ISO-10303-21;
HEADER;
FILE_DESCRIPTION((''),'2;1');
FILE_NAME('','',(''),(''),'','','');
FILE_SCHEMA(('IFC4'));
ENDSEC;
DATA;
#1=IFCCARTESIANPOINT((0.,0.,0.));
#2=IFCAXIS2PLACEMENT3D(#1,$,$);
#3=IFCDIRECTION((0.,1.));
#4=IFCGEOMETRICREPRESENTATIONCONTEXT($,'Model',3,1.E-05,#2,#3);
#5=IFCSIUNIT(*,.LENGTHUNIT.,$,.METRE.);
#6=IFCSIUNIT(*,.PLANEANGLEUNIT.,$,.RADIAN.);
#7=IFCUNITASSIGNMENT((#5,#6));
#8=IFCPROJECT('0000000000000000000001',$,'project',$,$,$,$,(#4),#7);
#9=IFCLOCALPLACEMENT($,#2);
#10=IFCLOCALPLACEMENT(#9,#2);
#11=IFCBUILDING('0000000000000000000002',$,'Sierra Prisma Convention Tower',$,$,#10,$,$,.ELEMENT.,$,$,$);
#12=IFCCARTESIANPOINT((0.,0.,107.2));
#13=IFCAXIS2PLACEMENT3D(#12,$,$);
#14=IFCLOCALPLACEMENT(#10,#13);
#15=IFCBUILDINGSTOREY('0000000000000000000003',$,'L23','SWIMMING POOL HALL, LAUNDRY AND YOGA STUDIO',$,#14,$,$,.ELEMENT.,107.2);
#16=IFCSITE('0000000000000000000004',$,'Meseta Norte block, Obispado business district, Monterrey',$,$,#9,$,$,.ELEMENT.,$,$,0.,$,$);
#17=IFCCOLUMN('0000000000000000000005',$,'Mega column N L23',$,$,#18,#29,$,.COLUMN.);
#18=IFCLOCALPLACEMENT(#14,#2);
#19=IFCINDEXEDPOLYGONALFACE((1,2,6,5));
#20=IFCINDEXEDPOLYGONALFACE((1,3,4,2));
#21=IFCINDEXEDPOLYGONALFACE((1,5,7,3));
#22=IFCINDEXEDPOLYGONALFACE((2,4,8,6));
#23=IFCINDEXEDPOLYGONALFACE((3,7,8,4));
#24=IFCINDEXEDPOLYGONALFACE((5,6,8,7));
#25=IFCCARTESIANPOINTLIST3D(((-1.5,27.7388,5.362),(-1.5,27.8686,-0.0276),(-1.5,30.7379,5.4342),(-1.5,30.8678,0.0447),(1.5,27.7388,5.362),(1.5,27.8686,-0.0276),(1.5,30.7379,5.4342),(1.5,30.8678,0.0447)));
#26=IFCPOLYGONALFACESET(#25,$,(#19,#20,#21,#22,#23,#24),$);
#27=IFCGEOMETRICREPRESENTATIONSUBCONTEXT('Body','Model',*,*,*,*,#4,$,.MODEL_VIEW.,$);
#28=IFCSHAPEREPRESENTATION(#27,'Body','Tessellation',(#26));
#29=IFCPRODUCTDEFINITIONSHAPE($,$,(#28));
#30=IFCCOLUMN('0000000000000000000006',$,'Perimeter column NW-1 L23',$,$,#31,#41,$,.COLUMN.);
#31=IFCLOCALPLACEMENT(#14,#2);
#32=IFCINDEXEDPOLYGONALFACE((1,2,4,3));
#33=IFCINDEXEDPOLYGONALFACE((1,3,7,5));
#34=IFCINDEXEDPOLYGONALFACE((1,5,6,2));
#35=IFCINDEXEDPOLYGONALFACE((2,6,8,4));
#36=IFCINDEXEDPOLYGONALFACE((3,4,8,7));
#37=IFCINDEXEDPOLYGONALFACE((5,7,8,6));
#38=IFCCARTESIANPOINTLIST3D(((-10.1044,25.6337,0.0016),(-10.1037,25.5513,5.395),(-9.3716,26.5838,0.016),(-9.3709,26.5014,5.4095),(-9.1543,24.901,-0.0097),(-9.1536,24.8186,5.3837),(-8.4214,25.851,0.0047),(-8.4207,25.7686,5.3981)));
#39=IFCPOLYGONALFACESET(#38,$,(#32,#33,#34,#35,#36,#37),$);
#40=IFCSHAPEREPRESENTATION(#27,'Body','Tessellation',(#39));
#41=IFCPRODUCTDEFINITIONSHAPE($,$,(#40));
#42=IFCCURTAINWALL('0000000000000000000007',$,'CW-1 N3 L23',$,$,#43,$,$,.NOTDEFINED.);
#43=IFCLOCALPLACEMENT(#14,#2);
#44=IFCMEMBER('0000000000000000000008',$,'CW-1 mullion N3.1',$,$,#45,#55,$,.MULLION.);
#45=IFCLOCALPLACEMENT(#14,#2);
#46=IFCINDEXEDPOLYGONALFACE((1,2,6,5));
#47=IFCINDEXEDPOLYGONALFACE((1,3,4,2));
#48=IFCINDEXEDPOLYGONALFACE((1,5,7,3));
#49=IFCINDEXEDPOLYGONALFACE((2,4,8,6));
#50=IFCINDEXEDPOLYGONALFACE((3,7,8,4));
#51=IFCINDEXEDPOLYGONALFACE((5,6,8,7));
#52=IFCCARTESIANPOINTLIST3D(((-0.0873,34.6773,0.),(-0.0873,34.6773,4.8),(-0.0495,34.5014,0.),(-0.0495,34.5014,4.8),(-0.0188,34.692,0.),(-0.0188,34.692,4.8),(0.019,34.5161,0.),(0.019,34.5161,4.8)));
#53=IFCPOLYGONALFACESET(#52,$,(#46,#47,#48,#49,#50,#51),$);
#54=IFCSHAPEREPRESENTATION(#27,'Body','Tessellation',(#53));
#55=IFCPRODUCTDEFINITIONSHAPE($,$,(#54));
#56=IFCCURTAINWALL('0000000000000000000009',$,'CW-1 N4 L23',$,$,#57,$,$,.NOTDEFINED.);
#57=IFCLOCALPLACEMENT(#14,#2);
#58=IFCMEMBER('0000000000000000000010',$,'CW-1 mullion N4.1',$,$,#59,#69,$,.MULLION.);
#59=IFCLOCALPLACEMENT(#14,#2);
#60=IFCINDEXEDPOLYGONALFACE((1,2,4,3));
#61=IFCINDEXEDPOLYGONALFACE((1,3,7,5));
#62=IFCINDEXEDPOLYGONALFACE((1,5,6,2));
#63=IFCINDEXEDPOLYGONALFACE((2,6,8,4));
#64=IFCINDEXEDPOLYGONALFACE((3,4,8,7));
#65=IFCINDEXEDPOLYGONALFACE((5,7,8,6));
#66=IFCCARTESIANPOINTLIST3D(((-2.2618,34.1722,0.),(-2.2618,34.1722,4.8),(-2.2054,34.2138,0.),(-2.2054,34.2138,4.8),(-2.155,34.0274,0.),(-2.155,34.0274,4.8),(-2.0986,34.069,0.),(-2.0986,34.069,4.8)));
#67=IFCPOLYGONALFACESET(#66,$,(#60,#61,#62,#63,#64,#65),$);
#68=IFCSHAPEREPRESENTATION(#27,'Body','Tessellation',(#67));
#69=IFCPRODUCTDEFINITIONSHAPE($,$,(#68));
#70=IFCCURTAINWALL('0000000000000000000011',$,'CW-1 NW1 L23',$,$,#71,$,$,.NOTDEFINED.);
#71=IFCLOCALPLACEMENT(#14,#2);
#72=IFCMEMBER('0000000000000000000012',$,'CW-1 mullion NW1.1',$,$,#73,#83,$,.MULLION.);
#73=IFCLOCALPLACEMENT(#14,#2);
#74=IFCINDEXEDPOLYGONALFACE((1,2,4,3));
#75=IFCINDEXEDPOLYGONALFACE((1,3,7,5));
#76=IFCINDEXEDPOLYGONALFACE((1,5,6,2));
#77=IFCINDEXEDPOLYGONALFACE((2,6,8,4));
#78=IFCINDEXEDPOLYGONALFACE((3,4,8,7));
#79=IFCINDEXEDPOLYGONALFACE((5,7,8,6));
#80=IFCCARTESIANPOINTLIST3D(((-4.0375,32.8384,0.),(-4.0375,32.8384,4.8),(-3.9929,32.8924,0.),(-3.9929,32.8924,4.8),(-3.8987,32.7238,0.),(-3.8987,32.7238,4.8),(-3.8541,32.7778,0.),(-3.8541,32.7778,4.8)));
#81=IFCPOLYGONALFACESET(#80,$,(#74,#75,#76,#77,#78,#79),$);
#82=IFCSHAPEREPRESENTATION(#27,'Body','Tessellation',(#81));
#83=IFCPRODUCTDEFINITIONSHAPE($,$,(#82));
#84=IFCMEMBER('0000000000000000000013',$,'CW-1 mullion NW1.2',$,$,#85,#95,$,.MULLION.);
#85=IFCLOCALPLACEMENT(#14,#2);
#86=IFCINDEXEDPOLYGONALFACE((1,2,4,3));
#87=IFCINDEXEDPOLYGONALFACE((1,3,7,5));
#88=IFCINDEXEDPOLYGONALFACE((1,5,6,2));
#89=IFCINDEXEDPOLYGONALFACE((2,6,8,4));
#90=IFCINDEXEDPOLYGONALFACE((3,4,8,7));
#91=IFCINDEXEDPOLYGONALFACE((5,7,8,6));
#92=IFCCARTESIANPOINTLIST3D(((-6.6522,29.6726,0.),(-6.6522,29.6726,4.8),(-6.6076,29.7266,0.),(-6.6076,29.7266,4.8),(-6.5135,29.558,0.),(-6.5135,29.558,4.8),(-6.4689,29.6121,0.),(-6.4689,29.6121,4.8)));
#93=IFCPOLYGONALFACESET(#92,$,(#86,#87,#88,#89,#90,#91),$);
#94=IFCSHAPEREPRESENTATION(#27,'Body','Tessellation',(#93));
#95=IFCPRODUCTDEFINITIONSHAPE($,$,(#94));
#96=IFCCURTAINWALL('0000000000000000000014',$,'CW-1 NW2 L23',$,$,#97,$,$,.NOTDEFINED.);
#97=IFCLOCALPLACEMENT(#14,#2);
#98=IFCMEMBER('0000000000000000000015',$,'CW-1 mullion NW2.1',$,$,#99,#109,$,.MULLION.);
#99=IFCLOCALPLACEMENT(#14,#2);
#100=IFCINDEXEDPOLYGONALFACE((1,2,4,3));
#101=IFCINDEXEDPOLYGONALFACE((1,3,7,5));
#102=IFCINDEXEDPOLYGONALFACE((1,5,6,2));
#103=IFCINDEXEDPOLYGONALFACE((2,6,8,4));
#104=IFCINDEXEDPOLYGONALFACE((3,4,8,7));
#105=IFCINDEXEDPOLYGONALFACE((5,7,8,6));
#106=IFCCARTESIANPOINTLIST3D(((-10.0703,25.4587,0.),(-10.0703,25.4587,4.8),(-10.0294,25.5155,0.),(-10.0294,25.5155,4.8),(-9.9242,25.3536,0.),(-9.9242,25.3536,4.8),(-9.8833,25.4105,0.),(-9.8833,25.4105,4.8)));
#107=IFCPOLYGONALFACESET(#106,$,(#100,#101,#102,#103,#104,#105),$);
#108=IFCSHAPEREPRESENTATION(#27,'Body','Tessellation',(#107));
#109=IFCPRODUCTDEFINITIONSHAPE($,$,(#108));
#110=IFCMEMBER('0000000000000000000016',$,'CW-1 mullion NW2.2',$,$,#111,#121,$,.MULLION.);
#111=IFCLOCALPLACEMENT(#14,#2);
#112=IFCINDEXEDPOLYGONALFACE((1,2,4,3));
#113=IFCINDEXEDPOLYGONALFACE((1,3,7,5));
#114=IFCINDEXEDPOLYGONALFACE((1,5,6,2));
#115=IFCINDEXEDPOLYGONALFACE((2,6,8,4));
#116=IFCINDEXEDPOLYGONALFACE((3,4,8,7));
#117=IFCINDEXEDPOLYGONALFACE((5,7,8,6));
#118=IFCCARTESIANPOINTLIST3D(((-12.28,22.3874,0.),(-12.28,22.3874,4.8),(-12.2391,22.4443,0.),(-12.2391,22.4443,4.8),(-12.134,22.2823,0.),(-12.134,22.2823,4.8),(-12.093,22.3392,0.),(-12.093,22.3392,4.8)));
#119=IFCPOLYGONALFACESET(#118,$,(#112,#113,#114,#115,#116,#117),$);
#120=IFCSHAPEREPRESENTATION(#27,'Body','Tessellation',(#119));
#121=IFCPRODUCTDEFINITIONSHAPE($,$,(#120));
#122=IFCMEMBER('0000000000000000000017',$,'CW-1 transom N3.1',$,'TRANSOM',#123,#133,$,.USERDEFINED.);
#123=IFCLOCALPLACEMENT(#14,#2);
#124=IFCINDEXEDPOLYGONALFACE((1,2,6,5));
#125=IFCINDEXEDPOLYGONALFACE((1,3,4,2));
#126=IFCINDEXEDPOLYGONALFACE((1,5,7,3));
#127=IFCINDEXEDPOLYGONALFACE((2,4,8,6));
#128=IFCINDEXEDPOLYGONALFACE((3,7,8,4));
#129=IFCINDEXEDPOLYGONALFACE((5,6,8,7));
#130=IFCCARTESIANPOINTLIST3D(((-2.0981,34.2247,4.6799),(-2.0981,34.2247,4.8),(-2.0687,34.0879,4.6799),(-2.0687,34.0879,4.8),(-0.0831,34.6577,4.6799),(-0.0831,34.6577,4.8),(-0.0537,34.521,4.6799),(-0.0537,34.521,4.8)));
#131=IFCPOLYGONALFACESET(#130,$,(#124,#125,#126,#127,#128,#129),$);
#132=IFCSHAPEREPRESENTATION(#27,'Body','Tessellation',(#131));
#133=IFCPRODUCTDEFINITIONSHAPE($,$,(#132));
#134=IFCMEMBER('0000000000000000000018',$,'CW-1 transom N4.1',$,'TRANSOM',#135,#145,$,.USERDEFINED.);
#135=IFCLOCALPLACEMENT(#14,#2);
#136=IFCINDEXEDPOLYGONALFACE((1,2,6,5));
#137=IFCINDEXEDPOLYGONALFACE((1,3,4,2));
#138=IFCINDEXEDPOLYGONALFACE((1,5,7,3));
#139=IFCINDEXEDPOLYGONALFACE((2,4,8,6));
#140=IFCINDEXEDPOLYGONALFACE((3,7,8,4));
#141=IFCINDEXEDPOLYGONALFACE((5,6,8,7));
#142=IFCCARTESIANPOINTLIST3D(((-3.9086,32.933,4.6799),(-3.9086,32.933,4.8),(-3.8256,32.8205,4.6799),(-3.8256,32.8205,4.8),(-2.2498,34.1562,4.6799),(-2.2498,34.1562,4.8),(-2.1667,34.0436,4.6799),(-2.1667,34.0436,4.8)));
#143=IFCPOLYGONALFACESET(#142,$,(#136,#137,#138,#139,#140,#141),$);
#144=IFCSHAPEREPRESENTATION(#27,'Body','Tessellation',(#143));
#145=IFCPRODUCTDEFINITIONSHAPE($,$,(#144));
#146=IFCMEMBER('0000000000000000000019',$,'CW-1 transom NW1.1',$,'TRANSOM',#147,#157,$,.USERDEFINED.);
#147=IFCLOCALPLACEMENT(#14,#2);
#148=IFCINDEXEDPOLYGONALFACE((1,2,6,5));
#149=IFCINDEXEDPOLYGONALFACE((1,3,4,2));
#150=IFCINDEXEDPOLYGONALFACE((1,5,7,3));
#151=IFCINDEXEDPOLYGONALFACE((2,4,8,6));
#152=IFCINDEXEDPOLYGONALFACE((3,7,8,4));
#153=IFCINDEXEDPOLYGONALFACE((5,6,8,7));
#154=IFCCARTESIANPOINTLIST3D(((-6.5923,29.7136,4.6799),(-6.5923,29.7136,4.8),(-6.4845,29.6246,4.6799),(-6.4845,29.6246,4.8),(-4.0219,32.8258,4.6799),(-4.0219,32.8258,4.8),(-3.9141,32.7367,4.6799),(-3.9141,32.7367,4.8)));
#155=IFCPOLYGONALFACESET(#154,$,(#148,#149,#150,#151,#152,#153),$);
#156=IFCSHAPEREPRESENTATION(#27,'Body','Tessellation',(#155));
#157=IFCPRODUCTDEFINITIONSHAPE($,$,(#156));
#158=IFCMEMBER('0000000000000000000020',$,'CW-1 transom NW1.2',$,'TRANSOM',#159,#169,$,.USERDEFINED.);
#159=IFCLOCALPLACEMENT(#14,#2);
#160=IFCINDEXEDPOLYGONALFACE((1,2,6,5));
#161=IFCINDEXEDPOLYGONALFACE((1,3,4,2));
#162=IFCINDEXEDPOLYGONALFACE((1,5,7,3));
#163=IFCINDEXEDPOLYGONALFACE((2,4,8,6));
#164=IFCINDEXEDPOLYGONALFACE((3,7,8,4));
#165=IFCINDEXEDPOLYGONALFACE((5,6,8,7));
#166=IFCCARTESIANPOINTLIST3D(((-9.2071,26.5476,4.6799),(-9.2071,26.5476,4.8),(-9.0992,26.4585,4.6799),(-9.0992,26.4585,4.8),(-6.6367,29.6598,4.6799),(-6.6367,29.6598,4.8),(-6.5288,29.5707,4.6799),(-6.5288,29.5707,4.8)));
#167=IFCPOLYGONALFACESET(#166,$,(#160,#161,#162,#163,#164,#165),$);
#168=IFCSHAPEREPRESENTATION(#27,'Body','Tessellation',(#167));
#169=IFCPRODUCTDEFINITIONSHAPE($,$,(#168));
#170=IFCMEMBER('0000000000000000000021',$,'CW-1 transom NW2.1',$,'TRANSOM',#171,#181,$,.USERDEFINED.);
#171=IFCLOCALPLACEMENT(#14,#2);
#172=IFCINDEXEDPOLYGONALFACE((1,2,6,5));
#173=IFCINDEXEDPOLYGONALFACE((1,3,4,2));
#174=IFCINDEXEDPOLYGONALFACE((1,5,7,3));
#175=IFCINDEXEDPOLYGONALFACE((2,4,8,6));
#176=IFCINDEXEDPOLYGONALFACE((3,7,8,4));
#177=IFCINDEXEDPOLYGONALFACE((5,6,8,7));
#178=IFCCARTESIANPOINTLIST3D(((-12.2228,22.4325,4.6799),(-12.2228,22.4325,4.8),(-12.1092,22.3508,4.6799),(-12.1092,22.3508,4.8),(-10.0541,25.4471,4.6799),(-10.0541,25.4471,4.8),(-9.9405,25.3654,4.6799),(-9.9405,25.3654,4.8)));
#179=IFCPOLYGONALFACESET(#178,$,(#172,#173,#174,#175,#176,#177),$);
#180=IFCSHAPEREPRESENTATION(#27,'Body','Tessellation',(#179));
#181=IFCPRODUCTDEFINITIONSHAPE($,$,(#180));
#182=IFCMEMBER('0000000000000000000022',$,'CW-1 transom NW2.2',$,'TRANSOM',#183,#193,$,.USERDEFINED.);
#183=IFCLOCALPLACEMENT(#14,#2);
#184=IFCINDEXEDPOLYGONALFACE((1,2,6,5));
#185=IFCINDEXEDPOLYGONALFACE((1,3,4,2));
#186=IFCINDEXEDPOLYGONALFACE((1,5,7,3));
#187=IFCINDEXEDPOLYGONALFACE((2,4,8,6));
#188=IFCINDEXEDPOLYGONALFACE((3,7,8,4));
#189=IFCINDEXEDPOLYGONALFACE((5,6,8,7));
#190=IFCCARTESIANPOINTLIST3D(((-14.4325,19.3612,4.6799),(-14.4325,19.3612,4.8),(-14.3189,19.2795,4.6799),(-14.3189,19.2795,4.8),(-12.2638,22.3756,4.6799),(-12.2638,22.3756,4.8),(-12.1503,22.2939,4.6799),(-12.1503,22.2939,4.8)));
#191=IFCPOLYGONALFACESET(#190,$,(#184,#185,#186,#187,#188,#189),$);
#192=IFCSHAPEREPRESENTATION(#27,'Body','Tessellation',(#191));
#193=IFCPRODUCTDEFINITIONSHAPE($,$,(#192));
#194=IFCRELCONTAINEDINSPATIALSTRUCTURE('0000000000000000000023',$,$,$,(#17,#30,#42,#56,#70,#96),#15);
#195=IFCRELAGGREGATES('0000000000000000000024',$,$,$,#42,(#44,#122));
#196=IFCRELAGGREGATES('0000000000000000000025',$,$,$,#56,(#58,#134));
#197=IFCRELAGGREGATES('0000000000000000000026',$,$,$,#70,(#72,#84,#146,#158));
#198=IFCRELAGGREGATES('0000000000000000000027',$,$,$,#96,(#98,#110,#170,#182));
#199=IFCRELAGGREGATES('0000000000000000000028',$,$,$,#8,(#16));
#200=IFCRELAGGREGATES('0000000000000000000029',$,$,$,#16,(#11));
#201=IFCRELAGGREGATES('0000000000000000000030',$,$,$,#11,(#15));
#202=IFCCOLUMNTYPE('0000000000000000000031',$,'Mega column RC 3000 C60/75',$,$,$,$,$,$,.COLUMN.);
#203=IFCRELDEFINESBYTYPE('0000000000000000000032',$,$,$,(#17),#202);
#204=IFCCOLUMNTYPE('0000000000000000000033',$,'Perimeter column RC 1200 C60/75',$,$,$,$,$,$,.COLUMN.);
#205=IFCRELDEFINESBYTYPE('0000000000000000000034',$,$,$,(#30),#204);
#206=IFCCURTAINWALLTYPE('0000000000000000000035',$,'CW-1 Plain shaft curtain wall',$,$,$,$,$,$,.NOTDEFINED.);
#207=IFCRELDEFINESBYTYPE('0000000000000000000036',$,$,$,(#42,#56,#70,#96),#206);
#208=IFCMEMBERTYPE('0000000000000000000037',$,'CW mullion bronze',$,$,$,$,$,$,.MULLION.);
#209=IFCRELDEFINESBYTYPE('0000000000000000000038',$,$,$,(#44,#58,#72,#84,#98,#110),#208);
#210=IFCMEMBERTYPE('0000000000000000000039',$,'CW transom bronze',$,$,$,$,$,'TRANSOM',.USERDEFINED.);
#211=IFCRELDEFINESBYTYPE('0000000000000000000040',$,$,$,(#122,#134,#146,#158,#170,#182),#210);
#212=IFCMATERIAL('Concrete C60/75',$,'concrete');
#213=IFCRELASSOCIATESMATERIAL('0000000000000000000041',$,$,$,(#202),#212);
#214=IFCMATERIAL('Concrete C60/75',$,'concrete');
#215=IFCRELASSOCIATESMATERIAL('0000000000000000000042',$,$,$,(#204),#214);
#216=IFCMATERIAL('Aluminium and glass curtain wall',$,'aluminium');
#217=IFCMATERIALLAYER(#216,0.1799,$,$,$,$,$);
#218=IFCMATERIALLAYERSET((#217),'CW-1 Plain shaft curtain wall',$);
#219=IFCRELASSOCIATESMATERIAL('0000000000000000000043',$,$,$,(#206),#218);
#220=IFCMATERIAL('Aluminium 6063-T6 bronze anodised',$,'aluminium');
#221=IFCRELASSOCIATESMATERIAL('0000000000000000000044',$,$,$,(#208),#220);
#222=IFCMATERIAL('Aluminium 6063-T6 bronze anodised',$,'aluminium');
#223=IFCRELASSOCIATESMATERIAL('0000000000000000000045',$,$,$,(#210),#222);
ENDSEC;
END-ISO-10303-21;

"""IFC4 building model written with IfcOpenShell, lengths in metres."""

from ifc_helpers import new_model, si_unit, direction, frame, origin, origin_2d, place, context, subcontext, project, spatial, rectangle, extrude, clip, halfspace, material, layer, layer_set, material_profile, profile_set, type_object, element, aggregate, save


model = new_model("IFC4")

# Units and contexts
model_context = context("Model", 3, precision=1e-05, world=origin(), true_north=direction((0.0, 1.0)))
body_context = subcontext(model_context, "Body", "Model", "MODEL_VIEW")
ifc_project = project(units=[si_unit("LENGTHUNIT", "METRE"), si_unit("PLANEANGLEUNIT", "RADIAN")], contexts=[model_context])

# Site, building, storey
site_placement = place(None, origin())
site = spatial("IfcSite", under=ifc_project, at=site_placement, Name="Meseta Norte block, Obispado business district, Monterrey", CompositionType="ELEMENT", RefElevation=0.0)
building_placement = place(site_placement, origin())
building = spatial("IfcBuilding", under=site, at=building_placement, Name="Sierra Prisma Convention Tower", CompositionType="ELEMENT")
storey_placement = place(building_placement, frame((0.0, 0.0, 107.2)))
storey = spatial("IfcBuildingStorey", under=building, at=storey_placement, Name="L23", Description="SWIMMING POOL HALL, LAUNDRY AND YOGA STUDIO", CompositionType="ELEMENT", Elevation=107.2)

# Columns
ifc_material_1 = material(Name="Concrete C60/75", Category="concrete")
ifc_material_profile_1 = material_profile(ifc_material_1, rectangle(XDim=3.0, YDim=3.0, at=origin_2d()), Name="Mega column RC 3000 C60/75")
ifc_profile_set_1 = profile_set([ifc_material_profile_1], Name="Concrete C60/75")
column_type_1 = type_object("IfcColumnType", Name="Mega column RC 3000 C60/75", PredefinedType="COLUMN", material=ifc_profile_set_1)
column_1_placement = place(storey_placement, frame((0.0, 29.3684, 0.0), z_axis=(0.0, -0.02409, 0.99971), x_axis=(1.0, 0.0, 0.0)))
element("IfcColumn", 1, at=column_1_placement, inside=storey, type_object=column_type_1, Name="Mega column N L23", PredefinedType="COLUMN", context=body_context, shape_type="SweptSolid", body=[
    clip(clip(extrude(rectangle(XDim=3.0, YDim=3.0, at=origin_2d()), origin(), (0.0, 0.0, 1.0), 5.4016), halfspace(frame((0.0, 0.0, 0.0085)), True)), halfspace(frame((0.0, 0.0, 5.3997)), False)),
])
ifc_material_2 = material(Name="Concrete C60/75", Category="concrete")
ifc_material_profile_2 = material_profile(ifc_material_2, rectangle(XDim=1.2, YDim=1.2, at=origin_2d()), Name="Perimeter column RC 1200 C60/75")
ifc_profile_set_2 = profile_set([ifc_material_profile_2], Name="Concrete C60/75")
column_type_2 = type_object("IfcColumnType", Name="Perimeter column RC 1200 C60/75", PredefinedType="COLUMN", material=ifc_profile_set_2)
column_2_placement = place(storey_placement, frame((-9.2629, 25.7424, 0.0), z_axis=(0.000136, -0.015279, 0.999883), x_axis=(0.610734, 0.791745, 0.012016)))
element("IfcColumn", 2, at=column_2_placement, inside=storey, type_object=column_type_2, Name="Perimeter column NW-1 L23", PredefinedType="COLUMN", context=body_context, shape_type="SweptSolid", body=[
    clip(clip(extrude(rectangle(XDim=1.2, YDim=1.2, at=origin_2d()), origin(), (0.0, 0.0, 1.0), 5.4009), halfspace(frame((0.0, 0.0, 0.0032)), True)), halfspace(frame((0.0, 0.0, 5.3972)), False)),
])

# Curtain walls, members
ifc_material_3 = material(Name="Aluminium and glass curtain wall", Category="aluminium")
ifc_layer_1 = layer(ifc_material_3, 0.1799)
ifc_layer_set_1 = layer_set([ifc_layer_1], Name="CW-1 Plain shaft curtain wall")
curtain_wall_type = type_object("IfcCurtainWallType", Name="CW-1 Plain shaft curtain wall", PredefinedType="NOTDEFINED", material=ifc_layer_set_1)
curtain_wall_1_placement = place(storey_placement, origin())
curtain_wall_1 = element("IfcCurtainWall", 3, at=curtain_wall_1_placement, inside=storey, type_object=curtain_wall_type, Name="CW-1 N3 L23", PredefinedType="NOTDEFINED")
ifc_material_4 = material(Name="Aluminium 6063-T6 bronze anodised", Category="aluminium")
ifc_material_profile_3 = material_profile(ifc_material_4, rectangle(XDim=0.1799, YDim=0.0701, at=origin_2d()), Name="ALU MULLION 70x180")
ifc_profile_set_3 = profile_set([ifc_material_profile_3], Name="Aluminium 6063-T6 bronze anodised")
member_type_1 = type_object("IfcMemberType", Name="CW mullion bronze", PredefinedType="MULLION", material=ifc_profile_set_3)
member_1_placement = place(storey_placement, frame((-0.0342, 34.5967, 0.0), z_axis=(0.0, 0.0, 1.0), x_axis=(0.210199, -0.977659, 0.0)))
member_1 = element("IfcMember", 4, at=member_1_placement, type_object=member_type_1, Name="CW-1 mullion N3.1", PredefinedType="MULLION", context=body_context, shape_type="SweptSolid", body=[
    extrude(rectangle(XDim=0.1799, YDim=0.0701, at=origin_2d()), origin(), (0.0, 0.0, 1.0), 4.8),
])
curtain_wall_2_placement = place(storey_placement, origin())
curtain_wall_2 = element("IfcCurtainWall", 5, at=curtain_wall_2_placement, inside=storey, type_object=curtain_wall_type, Name="CW-1 N4 L23", PredefinedType="NOTDEFINED")
member_2_placement = place(storey_placement, frame((-2.1802, 34.1206, 0.0), z_axis=(0.0, 0.0, 1.0), x_axis=(0.593448, -0.804872, 0.0)))
member_2 = element("IfcMember", 6, at=member_2_placement, type_object=member_type_1, Name="CW-1 mullion N4.1", PredefinedType="MULLION", context=body_context, shape_type="SweptSolid", body=[
    extrude(rectangle(XDim=0.1799, YDim=0.0701, at=origin_2d()), origin(), (0.0, 0.0, 1.0), 4.8),
])

# Curtain walls, members
curtain_wall_3_placement = place(storey_placement, origin())
curtain_wall_3 = element("IfcCurtainWall", 7, at=curtain_wall_3_placement, inside=storey, type_object=curtain_wall_type, Name="CW-1 NW1 L23", PredefinedType="NOTDEFINED")
member_3_placement = place(storey_placement, frame((-3.9458, 32.8081, 0.0), z_axis=(0.0, 0.0, 1.0), x_axis=(0.771033, -0.636795, 0.0)))
member_3 = element("IfcMember", 8, at=member_3_placement, type_object=member_type_1, Name="CW-1 mullion NW1.1", PredefinedType="MULLION", context=body_context, shape_type="SweptSolid", body=[
    extrude(rectangle(XDim=0.1799, YDim=0.0701, at=origin_2d()), origin(), (0.0, 0.0, 1.0), 4.8),
])
member_4_placement = place(storey_placement, frame((-6.5605, 29.6423, 0.0), z_axis=(0.0, 0.0, 1.0), x_axis=(0.771033, -0.636795, 0.0)))
member_4 = element("IfcMember", 9, at=member_4_placement, type_object=member_type_1, Name="CW-1 mullion NW1.2", PredefinedType="MULLION", context=body_context, shape_type="SweptSolid", body=[
    extrude(rectangle(XDim=0.1799, YDim=0.0701, at=origin_2d()), origin(), (0.0, 0.0, 1.0), 4.8),
])
curtain_wall_4_placement = place(storey_placement, origin())
curtain_wall_4 = element("IfcCurtainWall", 10, at=curtain_wall_4_placement, inside=storey, type_object=curtain_wall_type, Name="CW-1 NW2 L23", PredefinedType="NOTDEFINED")
member_5_placement = place(storey_placement, frame((-9.9768, 25.4346, 0.0), z_axis=(0.0, 0.0, 1.0), x_axis=(0.811758, -0.583994, 0.0)))
member_5 = element("IfcMember", 11, at=member_5_placement, type_object=member_type_1, Name="CW-1 mullion NW2.1", PredefinedType="MULLION", context=body_context, shape_type="SweptSolid", body=[
    extrude(rectangle(XDim=0.1799, YDim=0.0701, at=origin_2d()), origin(), (0.0, 0.0, 1.0), 4.8),
])
member_6_placement = place(storey_placement, frame((-12.1865, 22.3633, 0.0), z_axis=(0.0, 0.0, 1.0), x_axis=(0.811758, -0.583994, 0.0)))
member_6 = element("IfcMember", 12, at=member_6_placement, type_object=member_type_1, Name="CW-1 mullion NW2.2", PredefinedType="MULLION", context=body_context, shape_type="SweptSolid", body=[
    extrude(rectangle(XDim=0.1799, YDim=0.0701, at=origin_2d()), origin(), (0.0, 0.0, 1.0), 4.8),
])

# Members
ifc_material_5 = material(Name="Aluminium 6063-T6 bronze anodised", Category="aluminium")
ifc_material_profile_4 = material_profile(ifc_material_5, rectangle(XDim=0.1399, YDim=0.1201, at=origin_2d()), Name="ALU TRANSOM 120x140")
ifc_profile_set_4 = profile_set([ifc_material_profile_4], Name="Aluminium 6063-T6 bronze anodised")
member_type_2 = type_object("IfcMemberType", Name="CW transom bronze", ElementType="TRANSOM", PredefinedType="USERDEFINED", material=ifc_profile_set_4)
member_7_placement = place(storey_placement, frame((-0.0684, 34.5894, 4.74), z_axis=(-0.977674, -0.210128, 0.0), x_axis=(0.210128, -0.977674, 0.0)))
member_7 = element("IfcMember", 13, at=member_7_placement, type_object=member_type_2, Name="CW-1 transom N3.1", ObjectType="TRANSOM", PredefinedType="USERDEFINED", context=body_context, shape_type="SweptSolid", body=[
    extrude(rectangle(XDim=0.1399, YDim=0.1201, at=origin_2d()), origin(), (0.0, 0.0, 1.0), 2.061),
])
member_8_placement = place(storey_placement, frame((-2.2083, 34.0999, 4.74), z_axis=(-0.804877, -0.593441, 0.0), x_axis=(0.593441, -0.804877, 0.0)))
member_8 = element("IfcMember", 14, at=member_8_placement, type_object=member_type_2, Name="CW-1 transom N4.1", ObjectType="TRANSOM", PredefinedType="USERDEFINED", context=body_context, shape_type="SweptSolid", body=[
    extrude(rectangle(XDim=0.1399, YDim=0.1201, at=origin_2d()), origin(), (0.0, 0.0, 1.0), 2.061),
])
member_9_placement = place(storey_placement, frame((-3.968, 32.7812, 4.74), z_axis=(-0.636805, -0.771025, 0.0), x_axis=(0.771025, -0.636805, 0.0)))
member_9 = element("IfcMember", 15, at=member_9_placement, type_object=member_type_2, Name="CW-1 transom NW1.1", ObjectType="TRANSOM", PredefinedType="USERDEFINED", context=body_context, shape_type="SweptSolid", body=[
    extrude(rectangle(XDim=0.1399, YDim=0.1201, at=origin_2d()), origin(), (0.0, 0.0, 1.0), 4.0364),
])
member_10_placement = place(storey_placement, frame((-6.5828, 29.6152, 4.74), z_axis=(-0.636805, -0.771025, 0.0), x_axis=(0.771025, -0.636805, 0.0)))
member_10 = element("IfcMember", 16, at=member_10_placement, type_object=member_type_2, Name="CW-1 transom NW1.2", ObjectType="TRANSOM", PredefinedType="USERDEFINED", context=body_context, shape_type="SweptSolid", body=[
    extrude(rectangle(XDim=0.1399, YDim=0.1201, at=origin_2d()), origin(), (0.0, 0.0, 1.0), 4.0364),
])
member_11_placement = place(storey_placement, frame((-9.9973, 25.4062, 4.74), z_axis=(-0.583977, -0.81177, 0.0), x_axis=(0.81177, -0.583977, 0.0)))
member_11 = element("IfcMember", 17, at=member_11_placement, type_object=member_type_2, Name="CW-1 transom NW2.1", ObjectType="TRANSOM", PredefinedType="USERDEFINED", context=body_context, shape_type="SweptSolid", body=[
    extrude(rectangle(XDim=0.1399, YDim=0.1201, at=origin_2d()), origin(), (0.0, 0.0, 1.0), 3.7136),
])
member_12_placement = place(storey_placement, frame((-12.207, 22.3347, 4.74), z_axis=(-0.584009, -0.811748, 0.0), x_axis=(0.811748, -0.584009, 0.0)))
member_12 = element("IfcMember", 18, at=member_12_placement, type_object=member_type_2, Name="CW-1 transom NW2.2", ObjectType="TRANSOM", PredefinedType="USERDEFINED", context=body_context, shape_type="SweptSolid", body=[
    extrude(rectangle(XDim=0.1399, YDim=0.1201, at=origin_2d()), origin(), (0.0, 0.0, 1.0), 3.7134),
])

aggregate(curtain_wall_1, [member_1, member_7])
aggregate(curtain_wall_2, [member_2, member_8])
aggregate(curtain_wall_3, [member_3, member_4, member_9, member_10])
aggregate(curtain_wall_4, [member_5, member_6, member_11, member_12])

save(model, "model.ifc")
